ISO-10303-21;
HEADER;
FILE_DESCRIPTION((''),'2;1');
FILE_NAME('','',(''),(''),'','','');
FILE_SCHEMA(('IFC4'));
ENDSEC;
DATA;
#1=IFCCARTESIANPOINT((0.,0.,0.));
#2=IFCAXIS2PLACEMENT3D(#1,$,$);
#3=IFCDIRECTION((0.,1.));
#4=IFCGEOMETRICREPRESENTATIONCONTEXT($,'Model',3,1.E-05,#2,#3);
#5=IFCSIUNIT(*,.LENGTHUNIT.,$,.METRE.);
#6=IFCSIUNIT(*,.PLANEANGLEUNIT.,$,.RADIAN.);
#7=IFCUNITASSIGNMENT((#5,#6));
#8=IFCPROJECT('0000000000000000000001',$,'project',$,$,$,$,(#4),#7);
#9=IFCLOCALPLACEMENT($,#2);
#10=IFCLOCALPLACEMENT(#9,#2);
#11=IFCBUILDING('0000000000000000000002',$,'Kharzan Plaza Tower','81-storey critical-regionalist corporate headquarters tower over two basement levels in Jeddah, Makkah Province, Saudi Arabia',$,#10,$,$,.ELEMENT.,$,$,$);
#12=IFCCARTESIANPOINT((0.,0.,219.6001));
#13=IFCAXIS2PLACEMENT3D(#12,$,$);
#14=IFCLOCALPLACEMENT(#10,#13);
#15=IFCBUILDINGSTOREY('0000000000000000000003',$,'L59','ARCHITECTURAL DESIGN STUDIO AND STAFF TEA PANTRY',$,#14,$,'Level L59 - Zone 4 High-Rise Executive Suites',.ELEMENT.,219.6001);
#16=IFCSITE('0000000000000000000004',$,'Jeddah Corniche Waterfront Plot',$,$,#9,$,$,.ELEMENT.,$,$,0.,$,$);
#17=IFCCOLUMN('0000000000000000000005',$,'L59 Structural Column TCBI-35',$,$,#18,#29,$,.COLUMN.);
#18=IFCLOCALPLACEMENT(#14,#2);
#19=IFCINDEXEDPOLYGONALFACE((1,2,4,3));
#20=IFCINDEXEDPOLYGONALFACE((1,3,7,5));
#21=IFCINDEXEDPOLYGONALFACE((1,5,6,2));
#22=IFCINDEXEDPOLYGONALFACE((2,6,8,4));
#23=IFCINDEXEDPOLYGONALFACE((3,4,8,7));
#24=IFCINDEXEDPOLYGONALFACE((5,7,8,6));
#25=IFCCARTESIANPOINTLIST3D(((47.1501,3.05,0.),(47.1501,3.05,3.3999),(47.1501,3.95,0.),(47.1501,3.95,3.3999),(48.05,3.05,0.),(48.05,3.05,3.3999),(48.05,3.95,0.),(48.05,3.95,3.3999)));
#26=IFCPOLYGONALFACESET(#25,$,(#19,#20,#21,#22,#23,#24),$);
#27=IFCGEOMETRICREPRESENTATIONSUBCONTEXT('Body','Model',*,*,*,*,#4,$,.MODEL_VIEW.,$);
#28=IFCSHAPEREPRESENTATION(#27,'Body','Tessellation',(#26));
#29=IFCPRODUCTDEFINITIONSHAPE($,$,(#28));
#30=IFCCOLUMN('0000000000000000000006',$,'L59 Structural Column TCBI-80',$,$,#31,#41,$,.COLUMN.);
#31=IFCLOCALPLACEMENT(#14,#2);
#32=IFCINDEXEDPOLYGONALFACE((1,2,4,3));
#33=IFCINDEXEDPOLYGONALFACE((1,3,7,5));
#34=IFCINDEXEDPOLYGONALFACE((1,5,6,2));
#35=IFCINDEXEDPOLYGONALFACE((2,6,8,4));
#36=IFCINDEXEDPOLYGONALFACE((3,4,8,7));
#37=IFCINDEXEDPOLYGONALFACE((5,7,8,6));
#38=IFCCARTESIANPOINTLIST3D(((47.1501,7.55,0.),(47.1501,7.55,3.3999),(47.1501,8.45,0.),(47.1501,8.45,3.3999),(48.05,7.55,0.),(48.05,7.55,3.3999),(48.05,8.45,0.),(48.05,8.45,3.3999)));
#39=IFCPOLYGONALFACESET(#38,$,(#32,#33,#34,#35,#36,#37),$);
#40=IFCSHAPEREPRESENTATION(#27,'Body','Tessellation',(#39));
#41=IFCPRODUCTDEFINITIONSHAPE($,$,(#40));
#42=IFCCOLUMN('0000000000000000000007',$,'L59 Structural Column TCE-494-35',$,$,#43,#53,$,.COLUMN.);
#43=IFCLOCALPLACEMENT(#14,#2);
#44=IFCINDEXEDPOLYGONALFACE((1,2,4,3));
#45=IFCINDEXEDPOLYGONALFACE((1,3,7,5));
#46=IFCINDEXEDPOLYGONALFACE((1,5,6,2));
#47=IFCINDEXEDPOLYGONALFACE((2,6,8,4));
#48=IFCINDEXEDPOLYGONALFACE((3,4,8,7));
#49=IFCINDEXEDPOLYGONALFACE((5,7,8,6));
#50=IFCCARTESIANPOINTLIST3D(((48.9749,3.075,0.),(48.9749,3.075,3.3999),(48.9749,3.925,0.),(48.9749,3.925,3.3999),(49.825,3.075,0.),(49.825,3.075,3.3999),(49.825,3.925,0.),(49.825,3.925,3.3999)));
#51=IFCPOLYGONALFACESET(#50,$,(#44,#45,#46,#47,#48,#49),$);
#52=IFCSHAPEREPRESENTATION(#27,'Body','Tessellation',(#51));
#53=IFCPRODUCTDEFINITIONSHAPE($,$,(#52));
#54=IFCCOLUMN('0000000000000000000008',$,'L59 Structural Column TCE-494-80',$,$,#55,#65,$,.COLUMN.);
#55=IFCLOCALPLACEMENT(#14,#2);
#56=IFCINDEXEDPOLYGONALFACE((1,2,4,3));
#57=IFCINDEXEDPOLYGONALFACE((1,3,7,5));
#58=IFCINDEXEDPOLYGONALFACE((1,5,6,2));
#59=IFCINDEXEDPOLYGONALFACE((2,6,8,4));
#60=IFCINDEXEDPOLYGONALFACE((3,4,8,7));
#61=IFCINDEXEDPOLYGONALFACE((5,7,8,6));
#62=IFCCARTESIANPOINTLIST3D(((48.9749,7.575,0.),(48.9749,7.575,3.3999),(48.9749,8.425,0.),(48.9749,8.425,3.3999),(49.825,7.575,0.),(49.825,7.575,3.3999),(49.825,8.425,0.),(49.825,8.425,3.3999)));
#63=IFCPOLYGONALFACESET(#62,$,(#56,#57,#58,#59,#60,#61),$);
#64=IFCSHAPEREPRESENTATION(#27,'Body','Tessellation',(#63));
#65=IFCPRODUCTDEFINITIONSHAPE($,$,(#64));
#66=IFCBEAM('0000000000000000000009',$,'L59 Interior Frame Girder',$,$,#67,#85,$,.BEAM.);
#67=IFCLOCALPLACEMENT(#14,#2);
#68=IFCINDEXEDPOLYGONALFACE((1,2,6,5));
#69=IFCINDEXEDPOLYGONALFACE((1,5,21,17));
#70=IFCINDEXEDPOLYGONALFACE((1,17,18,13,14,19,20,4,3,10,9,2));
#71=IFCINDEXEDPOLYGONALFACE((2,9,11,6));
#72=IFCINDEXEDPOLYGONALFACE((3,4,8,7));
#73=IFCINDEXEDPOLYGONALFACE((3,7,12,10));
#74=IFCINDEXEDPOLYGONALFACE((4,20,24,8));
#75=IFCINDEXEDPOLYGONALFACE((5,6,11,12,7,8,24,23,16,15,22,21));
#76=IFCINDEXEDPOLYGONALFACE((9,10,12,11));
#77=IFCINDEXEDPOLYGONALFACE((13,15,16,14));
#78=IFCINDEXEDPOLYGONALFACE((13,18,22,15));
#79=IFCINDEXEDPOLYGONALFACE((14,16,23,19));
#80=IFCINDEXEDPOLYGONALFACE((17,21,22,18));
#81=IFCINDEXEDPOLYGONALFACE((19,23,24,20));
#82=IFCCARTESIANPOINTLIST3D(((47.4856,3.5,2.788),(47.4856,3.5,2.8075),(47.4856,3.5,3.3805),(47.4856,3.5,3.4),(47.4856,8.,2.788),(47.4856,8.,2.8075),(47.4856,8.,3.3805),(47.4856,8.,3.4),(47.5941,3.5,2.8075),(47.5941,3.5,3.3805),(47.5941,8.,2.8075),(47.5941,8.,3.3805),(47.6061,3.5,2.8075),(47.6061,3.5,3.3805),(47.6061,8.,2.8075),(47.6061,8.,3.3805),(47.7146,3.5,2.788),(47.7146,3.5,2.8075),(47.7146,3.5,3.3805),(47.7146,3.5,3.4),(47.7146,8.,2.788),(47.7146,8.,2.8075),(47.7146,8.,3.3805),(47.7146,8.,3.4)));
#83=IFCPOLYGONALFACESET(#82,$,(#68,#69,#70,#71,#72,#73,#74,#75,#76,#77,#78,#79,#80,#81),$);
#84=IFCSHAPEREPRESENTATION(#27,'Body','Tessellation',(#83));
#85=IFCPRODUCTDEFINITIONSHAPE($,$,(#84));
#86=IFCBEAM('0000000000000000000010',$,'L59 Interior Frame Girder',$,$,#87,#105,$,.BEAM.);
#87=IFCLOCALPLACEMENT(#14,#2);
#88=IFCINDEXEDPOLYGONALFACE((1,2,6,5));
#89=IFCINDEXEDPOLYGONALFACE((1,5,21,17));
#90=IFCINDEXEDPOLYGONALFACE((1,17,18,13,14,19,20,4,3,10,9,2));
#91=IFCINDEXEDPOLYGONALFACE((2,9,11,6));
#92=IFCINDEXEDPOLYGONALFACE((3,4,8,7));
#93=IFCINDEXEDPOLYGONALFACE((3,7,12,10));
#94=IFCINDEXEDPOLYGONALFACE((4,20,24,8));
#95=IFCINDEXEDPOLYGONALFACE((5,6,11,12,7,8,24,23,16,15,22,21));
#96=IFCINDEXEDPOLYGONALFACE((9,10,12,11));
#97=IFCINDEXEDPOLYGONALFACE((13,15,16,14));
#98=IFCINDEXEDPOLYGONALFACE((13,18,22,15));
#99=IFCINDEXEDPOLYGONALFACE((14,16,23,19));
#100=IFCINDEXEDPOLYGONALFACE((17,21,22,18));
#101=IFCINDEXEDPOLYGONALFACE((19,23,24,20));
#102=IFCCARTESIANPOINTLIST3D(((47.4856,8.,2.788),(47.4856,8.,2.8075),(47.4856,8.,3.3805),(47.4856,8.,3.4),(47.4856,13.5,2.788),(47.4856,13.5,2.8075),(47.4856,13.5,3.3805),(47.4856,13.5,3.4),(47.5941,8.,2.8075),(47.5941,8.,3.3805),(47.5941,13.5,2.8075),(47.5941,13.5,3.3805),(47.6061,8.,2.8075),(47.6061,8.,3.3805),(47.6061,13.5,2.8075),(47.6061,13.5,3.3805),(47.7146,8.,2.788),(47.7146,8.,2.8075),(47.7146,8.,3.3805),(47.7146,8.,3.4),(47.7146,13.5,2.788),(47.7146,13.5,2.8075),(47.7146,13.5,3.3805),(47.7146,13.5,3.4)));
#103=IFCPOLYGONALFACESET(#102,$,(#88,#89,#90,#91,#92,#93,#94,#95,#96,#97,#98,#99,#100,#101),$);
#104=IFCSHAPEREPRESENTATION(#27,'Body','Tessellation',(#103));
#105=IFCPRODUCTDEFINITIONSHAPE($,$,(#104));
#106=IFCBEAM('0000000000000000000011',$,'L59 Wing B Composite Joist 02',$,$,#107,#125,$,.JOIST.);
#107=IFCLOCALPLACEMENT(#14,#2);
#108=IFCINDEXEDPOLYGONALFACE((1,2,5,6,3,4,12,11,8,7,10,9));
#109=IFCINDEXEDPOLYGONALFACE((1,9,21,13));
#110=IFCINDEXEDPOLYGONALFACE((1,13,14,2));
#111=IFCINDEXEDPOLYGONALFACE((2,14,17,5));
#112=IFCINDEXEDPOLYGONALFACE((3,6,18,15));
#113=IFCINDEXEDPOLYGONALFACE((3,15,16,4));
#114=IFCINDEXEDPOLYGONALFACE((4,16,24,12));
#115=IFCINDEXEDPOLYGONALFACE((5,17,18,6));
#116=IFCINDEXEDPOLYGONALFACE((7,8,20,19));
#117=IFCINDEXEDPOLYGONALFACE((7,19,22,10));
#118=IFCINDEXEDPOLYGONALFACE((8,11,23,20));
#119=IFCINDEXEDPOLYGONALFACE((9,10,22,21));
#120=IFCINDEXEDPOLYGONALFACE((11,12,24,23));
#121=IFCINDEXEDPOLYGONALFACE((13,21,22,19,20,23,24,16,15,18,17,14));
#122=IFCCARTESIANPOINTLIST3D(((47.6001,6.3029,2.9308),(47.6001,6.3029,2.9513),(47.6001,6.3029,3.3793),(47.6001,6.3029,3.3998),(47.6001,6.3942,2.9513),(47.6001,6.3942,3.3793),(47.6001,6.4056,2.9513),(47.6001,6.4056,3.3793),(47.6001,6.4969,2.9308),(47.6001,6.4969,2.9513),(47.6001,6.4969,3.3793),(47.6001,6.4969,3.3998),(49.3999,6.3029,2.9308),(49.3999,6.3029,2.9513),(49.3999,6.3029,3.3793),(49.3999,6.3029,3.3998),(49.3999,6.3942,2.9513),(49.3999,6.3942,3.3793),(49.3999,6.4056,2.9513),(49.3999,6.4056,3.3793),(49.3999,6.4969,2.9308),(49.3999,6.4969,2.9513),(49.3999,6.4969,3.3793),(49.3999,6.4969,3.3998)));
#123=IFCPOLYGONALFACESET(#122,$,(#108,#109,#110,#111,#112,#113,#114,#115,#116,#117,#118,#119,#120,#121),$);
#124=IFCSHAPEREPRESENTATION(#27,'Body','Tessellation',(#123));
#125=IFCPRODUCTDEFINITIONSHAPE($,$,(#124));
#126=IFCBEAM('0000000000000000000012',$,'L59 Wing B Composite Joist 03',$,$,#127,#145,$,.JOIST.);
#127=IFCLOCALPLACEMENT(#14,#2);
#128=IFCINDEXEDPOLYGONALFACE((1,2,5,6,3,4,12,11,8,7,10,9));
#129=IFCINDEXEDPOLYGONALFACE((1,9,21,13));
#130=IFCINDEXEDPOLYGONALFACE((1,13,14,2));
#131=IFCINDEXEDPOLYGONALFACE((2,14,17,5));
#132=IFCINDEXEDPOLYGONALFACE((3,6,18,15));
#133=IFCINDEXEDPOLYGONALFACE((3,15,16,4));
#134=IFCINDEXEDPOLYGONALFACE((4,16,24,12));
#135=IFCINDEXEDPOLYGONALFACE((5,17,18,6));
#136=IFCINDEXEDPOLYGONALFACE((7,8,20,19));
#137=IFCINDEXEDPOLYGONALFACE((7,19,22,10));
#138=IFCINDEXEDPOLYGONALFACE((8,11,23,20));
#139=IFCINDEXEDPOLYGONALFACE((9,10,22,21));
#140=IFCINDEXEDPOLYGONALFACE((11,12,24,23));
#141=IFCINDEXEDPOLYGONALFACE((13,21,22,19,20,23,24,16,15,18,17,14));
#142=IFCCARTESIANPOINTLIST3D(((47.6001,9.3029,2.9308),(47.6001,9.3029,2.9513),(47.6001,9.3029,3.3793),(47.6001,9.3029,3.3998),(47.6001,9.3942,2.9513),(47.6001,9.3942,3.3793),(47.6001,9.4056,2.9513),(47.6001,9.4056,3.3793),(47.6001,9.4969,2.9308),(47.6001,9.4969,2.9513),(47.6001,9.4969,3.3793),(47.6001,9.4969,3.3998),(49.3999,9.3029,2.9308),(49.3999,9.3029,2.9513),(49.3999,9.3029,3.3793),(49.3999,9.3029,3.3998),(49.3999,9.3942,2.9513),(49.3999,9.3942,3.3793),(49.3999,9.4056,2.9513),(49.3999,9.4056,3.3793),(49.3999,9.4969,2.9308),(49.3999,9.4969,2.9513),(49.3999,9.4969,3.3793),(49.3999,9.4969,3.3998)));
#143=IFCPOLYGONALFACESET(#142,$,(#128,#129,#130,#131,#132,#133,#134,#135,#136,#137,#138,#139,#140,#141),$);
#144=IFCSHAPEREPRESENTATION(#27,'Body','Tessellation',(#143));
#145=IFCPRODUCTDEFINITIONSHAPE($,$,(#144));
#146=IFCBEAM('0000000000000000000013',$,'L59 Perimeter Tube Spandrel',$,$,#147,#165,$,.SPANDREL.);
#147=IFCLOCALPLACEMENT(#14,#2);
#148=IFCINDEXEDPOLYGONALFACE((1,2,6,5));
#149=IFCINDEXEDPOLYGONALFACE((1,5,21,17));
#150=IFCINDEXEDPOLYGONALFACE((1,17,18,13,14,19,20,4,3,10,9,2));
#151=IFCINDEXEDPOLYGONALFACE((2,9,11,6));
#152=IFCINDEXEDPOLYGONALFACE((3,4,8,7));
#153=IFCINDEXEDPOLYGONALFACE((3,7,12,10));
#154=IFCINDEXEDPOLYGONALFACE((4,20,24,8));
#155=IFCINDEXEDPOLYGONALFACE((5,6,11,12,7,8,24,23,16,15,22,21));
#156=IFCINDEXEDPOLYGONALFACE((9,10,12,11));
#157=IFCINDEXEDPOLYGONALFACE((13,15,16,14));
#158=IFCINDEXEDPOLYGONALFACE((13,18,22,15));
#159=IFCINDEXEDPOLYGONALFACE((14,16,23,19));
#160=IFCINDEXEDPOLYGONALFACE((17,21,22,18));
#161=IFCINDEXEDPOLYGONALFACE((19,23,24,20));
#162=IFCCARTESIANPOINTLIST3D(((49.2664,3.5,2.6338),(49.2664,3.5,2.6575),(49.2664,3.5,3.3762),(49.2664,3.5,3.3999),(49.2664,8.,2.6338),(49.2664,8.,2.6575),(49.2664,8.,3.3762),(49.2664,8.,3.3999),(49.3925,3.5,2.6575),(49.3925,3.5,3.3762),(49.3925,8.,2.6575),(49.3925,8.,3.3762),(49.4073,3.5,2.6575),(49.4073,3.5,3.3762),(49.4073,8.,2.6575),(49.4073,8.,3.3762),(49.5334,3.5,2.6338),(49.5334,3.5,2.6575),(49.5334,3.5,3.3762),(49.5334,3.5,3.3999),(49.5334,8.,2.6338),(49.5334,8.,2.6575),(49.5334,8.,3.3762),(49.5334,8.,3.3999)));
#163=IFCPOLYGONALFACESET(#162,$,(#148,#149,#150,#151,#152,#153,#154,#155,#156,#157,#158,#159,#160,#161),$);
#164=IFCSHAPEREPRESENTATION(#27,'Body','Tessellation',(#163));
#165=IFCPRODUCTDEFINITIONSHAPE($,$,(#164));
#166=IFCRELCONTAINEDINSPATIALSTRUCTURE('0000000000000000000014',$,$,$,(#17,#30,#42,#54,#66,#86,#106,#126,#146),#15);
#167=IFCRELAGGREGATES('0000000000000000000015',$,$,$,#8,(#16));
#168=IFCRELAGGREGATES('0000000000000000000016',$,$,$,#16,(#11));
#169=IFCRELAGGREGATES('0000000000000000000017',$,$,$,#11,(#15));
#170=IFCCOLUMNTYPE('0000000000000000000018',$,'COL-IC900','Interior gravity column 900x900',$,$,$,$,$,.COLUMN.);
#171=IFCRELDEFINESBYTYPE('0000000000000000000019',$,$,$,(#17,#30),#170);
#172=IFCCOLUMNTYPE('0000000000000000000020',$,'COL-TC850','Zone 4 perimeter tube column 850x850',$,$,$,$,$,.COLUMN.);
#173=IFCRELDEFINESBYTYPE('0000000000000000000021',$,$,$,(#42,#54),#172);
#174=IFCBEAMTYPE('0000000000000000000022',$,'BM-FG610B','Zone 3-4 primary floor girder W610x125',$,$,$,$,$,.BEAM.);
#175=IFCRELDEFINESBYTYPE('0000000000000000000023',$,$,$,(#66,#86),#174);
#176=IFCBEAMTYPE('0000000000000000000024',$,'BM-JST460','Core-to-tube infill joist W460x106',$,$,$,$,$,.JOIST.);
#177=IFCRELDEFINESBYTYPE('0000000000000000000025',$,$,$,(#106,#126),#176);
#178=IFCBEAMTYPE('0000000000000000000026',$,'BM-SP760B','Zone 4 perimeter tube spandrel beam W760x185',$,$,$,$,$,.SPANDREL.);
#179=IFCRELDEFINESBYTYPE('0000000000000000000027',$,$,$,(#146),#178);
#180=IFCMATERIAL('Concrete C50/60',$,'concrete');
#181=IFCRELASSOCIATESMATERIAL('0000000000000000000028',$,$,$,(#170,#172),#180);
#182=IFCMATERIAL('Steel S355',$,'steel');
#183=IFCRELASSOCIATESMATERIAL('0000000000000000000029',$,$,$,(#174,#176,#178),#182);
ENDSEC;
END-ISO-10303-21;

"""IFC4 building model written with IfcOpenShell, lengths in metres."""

from ifc_helpers import new_model, si_unit, direction, frame, origin, origin_2d, place, context, subcontext, project, spatial, rectangle, i_section, extrude, source, transform, mapped, material, material_profile, profile_set, type_object, element, save


model = new_model("IFC4")

# Units and contexts
model_context = context("Model", 3, precision=1e-05, world=origin(), true_north=direction((0.0, 1.0)))
body_context = subcontext(model_context, "Body", "Model", "MODEL_VIEW")
ifc_project = project(units=[si_unit("LENGTHUNIT", "METRE"), si_unit("PLANEANGLEUNIT", "RADIAN")], contexts=[model_context])

# Site, building, storey
site_placement = place(None, origin())
site = spatial("IfcSite", under=ifc_project, at=site_placement, Name="Jeddah Corniche Waterfront Plot", CompositionType="ELEMENT", RefElevation=0.0)
building_placement = place(site_placement, origin())
building = spatial("IfcBuilding", under=site, at=building_placement, Name="Kharzan Plaza Tower", Description="81-storey critical-regionalist corporate headquarters tower over two basement levels in Jeddah, Makkah Province, Saudi Arabia", CompositionType="ELEMENT")
storey_placement = place(building_placement, frame((0.0, 0.0, 219.6001)))
storey = spatial("IfcBuildingStorey", under=building, at=storey_placement, Name="L59", Description="ARCHITECTURAL DESIGN STUDIO AND STAFF TEA PANTRY", LongName="Level L59 - Zone 4 High-Rise Executive Suites", CompositionType="ELEMENT", Elevation=219.6001)

# Columns
ifc_material_1 = material(Name="Concrete C50/60", Category="concrete")
ifc_material_profile_1 = material_profile(ifc_material_1, rectangle(XDim=0.8999, YDim=0.8999, at=origin_2d()), Name="RC-IC900x900")
ifc_profile_set_1 = profile_set([ifc_material_profile_1], Name="Concrete C50/60")
column_type_1 = type_object("IfcColumnType", Name="COL-IC900", Description="Interior gravity column 900x900", PredefinedType="COLUMN", material=ifc_profile_set_1)
shared_shape_1 = source(origin(), body_context, "Body", "SweptSolid", [
    extrude(rectangle(XDim=0.8999, YDim=0.8999, at=origin_2d()), origin(), (0.0, 0.0, 1.0), 3.3999),
])
for number, where, z_axis, x_axis, name in (
    (1, (47.6001, 3.5, 0.0), (0.0, 0.0, 1.0), (1.0, 0.0, 0.0), "L59 Structural Column TCBI-35"),
    (2, (47.6001, 8.0, 0.0), (0.0, 0.0, 1.0), (1.0, 0.0, 0.0), "L59 Structural Column TCBI-80"),
):
    element("IfcColumn", number, at=place(storey_placement, frame(where, z_axis=z_axis, x_axis=x_axis)), inside=storey, type_object=column_type_1, Name=name, PredefinedType="COLUMN", context=body_context, shape_type="MappedRepresentation", body=[
        mapped(shared_shape_1, transform((0.0, 0.0, 0.0), x_axis=(1.0, 0.0, 0.0), y_axis=(0.0, 1.0, 0.0), z_axis=(0.0, 0.0, 1.0))),
    ])
ifc_material_profile_2 = material_profile(ifc_material_1, rectangle(XDim=0.8501, YDim=0.8501, at=origin_2d()), Name="RC-TC850x850")
ifc_profile_set_2 = profile_set([ifc_material_profile_2], Name="Concrete C50/60")
column_type_2 = type_object("IfcColumnType", Name="COL-TC850", Description="Zone 4 perimeter tube column 850x850", PredefinedType="COLUMN", material=ifc_profile_set_2)
shared_shape_2 = source(origin(), body_context, "Body", "SweptSolid", [
    extrude(rectangle(XDim=0.8501, YDim=0.8501, at=origin_2d()), origin(), (0.0, 0.0, 1.0), 3.3999),
])
for number, where, z_axis, x_axis, name in (
    (3, (49.3999, 3.5, 0.0), (0.0, 0.0, 1.0), (1.0, 0.0, 0.0), "L59 Structural Column TCE-494-35"),
    (4, (49.3999, 8.0, 0.0), (0.0, 0.0, 1.0), (1.0, 0.0, 0.0), "L59 Structural Column TCE-494-80"),
):
    element("IfcColumn", number, at=place(storey_placement, frame(where, z_axis=z_axis, x_axis=x_axis)), inside=storey, type_object=column_type_2, Name=name, PredefinedType="COLUMN", context=body_context, shape_type="MappedRepresentation", body=[
        mapped(shared_shape_2, transform((0.0, 0.0, 0.0), x_axis=(1.0, 0.0, 0.0), y_axis=(0.0, 1.0, 0.0), z_axis=(0.0, 0.0, 1.0))),
    ])

# Beams
ifc_material_2 = material(Name="Steel S355", Category="steel")
ifc_material_profile_3 = material_profile(ifc_material_2, i_section(OverallWidth=0.229, OverallDepth=0.6121, WebThickness=0.012, FlangeThickness=0.0195, at=origin_2d()), Name="W610x125")
ifc_profile_set_3 = profile_set([ifc_material_profile_3], Name="Steel S355")
beam_type_1 = type_object("IfcBeamType", Name="BM-FG610B", Description="Zone 3-4 primary floor girder W610x125", PredefinedType="BEAM", material=ifc_profile_set_3)
shared_shape_3 = source(origin(), body_context, "Body", "SweptSolid", [
    extrude(i_section(OverallWidth=0.229, OverallDepth=0.6121, WebThickness=0.012, FlangeThickness=0.0195, at=origin_2d()), origin(), (0.0, 0.0, 1.0), 4.5),
])
beam_1_placement = place(storey_placement, frame((47.6001, 3.5, 3.094), z_axis=(0.0, 1.0, 0.0), x_axis=(-1.0, 0.0, 0.0)))
element("IfcBeam", 5, at=beam_1_placement, inside=storey, type_object=beam_type_1, Name="L59 Interior Frame Girder", PredefinedType="BEAM", context=body_context, shape_type="MappedRepresentation", body=[
    mapped(shared_shape_3, transform((0.0, 0.0, 0.0), x_axis=(1.0, 0.0, 0.0), y_axis=(0.0, 1.0, 0.0), z_axis=(0.0, 0.0, 1.0))),
])
shared_shape_4 = source(origin(), body_context, "Body", "SweptSolid", [
    extrude(i_section(OverallWidth=0.229, OverallDepth=0.6121, WebThickness=0.012, FlangeThickness=0.0195, at=origin_2d()), origin(), (0.0, 0.0, 1.0), 5.5),
])
beam_2_placement = place(storey_placement, frame((47.6001, 8.0, 3.094), z_axis=(0.0, 1.0, 0.0), x_axis=(-1.0, 0.0, 0.0)))
element("IfcBeam", 6, at=beam_2_placement, inside=storey, type_object=beam_type_1, Name="L59 Interior Frame Girder", PredefinedType="BEAM", context=body_context, shape_type="MappedRepresentation", body=[
    mapped(shared_shape_4, transform((0.0, 0.0, 0.0), x_axis=(1.0, 0.0, 0.0), y_axis=(0.0, 1.0, 0.0), z_axis=(0.0, 0.0, 1.0))),
])
ifc_material_profile_4 = material_profile(ifc_material_2, i_section(OverallWidth=0.1941, OverallDepth=0.469, WebThickness=0.0115, FlangeThickness=0.0205, at=origin_2d()), Name="W460x106")
ifc_profile_set_4 = profile_set([ifc_material_profile_4], Name="Steel S355")
beam_type_2 = type_object("IfcBeamType", Name="BM-JST460", Description="Core-to-tube infill joist W460x106", PredefinedType="JOIST", material=ifc_profile_set_4)
shared_shape_5 = source(origin(), body_context, "Body", "SweptSolid", [
    extrude(i_section(OverallWidth=0.1941, OverallDepth=0.469, WebThickness=0.0115, FlangeThickness=0.0205, at=origin_2d()), origin(), (0.0, 0.0, 1.0), 1.7998),
])
for number, where, z_axis, x_axis, name in (
    (7, (47.6001, 6.3999, 3.1653), (1.0, 0.0, 0.0), (0.0, 1.0, 0.0), "L59 Wing B Composite Joist 02"),
    (8, (47.6001, 9.3999, 3.1653), (1.0, 0.0, 0.0), (0.0, 1.0, 0.0), "L59 Wing B Composite Joist 03"),
):
    element("IfcBeam", number, at=place(storey_placement, frame(where, z_axis=z_axis, x_axis=x_axis)), inside=storey, type_object=beam_type_2, Name=name, PredefinedType="JOIST", context=body_context, shape_type="MappedRepresentation", body=[
        mapped(shared_shape_5, transform((0.0, 0.0, 0.0), x_axis=(1.0, 0.0, 0.0), y_axis=(0.0, 1.0, 0.0), z_axis=(0.0, 0.0, 1.0))),
    ])
ifc_material_profile_5 = material_profile(ifc_material_2, i_section(OverallWidth=0.2671, OverallDepth=0.7661, WebThickness=0.0149, FlangeThickness=0.0237, at=origin_2d()), Name="W760x185")
ifc_profile_set_5 = profile_set([ifc_material_profile_5], Name="Steel S355")
beam_type_3 = type_object("IfcBeamType", Name="BM-SP760B", Description="Zone 4 perimeter tube spandrel beam W760x185", PredefinedType="SPANDREL", material=ifc_profile_set_5)
shared_shape_6 = source(origin(), body_context, "Body", "SweptSolid", [
    extrude(i_section(OverallWidth=0.2671, OverallDepth=0.7661, WebThickness=0.0149, FlangeThickness=0.0237, at=origin_2d()), origin(), (0.0, 0.0, 1.0), 4.5),
])
beam_3_placement = place(storey_placement, frame((49.3999, 3.5, 3.0168), z_axis=(0.0, 1.0, 0.0), x_axis=(-1.0, 0.0, 0.0)))
element("IfcBeam", 9, at=beam_3_placement, inside=storey, type_object=beam_type_3, Name="L59 Perimeter Tube Spandrel", PredefinedType="SPANDREL", context=body_context, shape_type="MappedRepresentation", body=[
    mapped(shared_shape_6, transform((0.0, 0.0, 0.0), x_axis=(1.0, 0.0, 0.0), y_axis=(0.0, 1.0, 0.0), z_axis=(0.0, 0.0, 1.0))),
])

save(model, "model.ifc")
